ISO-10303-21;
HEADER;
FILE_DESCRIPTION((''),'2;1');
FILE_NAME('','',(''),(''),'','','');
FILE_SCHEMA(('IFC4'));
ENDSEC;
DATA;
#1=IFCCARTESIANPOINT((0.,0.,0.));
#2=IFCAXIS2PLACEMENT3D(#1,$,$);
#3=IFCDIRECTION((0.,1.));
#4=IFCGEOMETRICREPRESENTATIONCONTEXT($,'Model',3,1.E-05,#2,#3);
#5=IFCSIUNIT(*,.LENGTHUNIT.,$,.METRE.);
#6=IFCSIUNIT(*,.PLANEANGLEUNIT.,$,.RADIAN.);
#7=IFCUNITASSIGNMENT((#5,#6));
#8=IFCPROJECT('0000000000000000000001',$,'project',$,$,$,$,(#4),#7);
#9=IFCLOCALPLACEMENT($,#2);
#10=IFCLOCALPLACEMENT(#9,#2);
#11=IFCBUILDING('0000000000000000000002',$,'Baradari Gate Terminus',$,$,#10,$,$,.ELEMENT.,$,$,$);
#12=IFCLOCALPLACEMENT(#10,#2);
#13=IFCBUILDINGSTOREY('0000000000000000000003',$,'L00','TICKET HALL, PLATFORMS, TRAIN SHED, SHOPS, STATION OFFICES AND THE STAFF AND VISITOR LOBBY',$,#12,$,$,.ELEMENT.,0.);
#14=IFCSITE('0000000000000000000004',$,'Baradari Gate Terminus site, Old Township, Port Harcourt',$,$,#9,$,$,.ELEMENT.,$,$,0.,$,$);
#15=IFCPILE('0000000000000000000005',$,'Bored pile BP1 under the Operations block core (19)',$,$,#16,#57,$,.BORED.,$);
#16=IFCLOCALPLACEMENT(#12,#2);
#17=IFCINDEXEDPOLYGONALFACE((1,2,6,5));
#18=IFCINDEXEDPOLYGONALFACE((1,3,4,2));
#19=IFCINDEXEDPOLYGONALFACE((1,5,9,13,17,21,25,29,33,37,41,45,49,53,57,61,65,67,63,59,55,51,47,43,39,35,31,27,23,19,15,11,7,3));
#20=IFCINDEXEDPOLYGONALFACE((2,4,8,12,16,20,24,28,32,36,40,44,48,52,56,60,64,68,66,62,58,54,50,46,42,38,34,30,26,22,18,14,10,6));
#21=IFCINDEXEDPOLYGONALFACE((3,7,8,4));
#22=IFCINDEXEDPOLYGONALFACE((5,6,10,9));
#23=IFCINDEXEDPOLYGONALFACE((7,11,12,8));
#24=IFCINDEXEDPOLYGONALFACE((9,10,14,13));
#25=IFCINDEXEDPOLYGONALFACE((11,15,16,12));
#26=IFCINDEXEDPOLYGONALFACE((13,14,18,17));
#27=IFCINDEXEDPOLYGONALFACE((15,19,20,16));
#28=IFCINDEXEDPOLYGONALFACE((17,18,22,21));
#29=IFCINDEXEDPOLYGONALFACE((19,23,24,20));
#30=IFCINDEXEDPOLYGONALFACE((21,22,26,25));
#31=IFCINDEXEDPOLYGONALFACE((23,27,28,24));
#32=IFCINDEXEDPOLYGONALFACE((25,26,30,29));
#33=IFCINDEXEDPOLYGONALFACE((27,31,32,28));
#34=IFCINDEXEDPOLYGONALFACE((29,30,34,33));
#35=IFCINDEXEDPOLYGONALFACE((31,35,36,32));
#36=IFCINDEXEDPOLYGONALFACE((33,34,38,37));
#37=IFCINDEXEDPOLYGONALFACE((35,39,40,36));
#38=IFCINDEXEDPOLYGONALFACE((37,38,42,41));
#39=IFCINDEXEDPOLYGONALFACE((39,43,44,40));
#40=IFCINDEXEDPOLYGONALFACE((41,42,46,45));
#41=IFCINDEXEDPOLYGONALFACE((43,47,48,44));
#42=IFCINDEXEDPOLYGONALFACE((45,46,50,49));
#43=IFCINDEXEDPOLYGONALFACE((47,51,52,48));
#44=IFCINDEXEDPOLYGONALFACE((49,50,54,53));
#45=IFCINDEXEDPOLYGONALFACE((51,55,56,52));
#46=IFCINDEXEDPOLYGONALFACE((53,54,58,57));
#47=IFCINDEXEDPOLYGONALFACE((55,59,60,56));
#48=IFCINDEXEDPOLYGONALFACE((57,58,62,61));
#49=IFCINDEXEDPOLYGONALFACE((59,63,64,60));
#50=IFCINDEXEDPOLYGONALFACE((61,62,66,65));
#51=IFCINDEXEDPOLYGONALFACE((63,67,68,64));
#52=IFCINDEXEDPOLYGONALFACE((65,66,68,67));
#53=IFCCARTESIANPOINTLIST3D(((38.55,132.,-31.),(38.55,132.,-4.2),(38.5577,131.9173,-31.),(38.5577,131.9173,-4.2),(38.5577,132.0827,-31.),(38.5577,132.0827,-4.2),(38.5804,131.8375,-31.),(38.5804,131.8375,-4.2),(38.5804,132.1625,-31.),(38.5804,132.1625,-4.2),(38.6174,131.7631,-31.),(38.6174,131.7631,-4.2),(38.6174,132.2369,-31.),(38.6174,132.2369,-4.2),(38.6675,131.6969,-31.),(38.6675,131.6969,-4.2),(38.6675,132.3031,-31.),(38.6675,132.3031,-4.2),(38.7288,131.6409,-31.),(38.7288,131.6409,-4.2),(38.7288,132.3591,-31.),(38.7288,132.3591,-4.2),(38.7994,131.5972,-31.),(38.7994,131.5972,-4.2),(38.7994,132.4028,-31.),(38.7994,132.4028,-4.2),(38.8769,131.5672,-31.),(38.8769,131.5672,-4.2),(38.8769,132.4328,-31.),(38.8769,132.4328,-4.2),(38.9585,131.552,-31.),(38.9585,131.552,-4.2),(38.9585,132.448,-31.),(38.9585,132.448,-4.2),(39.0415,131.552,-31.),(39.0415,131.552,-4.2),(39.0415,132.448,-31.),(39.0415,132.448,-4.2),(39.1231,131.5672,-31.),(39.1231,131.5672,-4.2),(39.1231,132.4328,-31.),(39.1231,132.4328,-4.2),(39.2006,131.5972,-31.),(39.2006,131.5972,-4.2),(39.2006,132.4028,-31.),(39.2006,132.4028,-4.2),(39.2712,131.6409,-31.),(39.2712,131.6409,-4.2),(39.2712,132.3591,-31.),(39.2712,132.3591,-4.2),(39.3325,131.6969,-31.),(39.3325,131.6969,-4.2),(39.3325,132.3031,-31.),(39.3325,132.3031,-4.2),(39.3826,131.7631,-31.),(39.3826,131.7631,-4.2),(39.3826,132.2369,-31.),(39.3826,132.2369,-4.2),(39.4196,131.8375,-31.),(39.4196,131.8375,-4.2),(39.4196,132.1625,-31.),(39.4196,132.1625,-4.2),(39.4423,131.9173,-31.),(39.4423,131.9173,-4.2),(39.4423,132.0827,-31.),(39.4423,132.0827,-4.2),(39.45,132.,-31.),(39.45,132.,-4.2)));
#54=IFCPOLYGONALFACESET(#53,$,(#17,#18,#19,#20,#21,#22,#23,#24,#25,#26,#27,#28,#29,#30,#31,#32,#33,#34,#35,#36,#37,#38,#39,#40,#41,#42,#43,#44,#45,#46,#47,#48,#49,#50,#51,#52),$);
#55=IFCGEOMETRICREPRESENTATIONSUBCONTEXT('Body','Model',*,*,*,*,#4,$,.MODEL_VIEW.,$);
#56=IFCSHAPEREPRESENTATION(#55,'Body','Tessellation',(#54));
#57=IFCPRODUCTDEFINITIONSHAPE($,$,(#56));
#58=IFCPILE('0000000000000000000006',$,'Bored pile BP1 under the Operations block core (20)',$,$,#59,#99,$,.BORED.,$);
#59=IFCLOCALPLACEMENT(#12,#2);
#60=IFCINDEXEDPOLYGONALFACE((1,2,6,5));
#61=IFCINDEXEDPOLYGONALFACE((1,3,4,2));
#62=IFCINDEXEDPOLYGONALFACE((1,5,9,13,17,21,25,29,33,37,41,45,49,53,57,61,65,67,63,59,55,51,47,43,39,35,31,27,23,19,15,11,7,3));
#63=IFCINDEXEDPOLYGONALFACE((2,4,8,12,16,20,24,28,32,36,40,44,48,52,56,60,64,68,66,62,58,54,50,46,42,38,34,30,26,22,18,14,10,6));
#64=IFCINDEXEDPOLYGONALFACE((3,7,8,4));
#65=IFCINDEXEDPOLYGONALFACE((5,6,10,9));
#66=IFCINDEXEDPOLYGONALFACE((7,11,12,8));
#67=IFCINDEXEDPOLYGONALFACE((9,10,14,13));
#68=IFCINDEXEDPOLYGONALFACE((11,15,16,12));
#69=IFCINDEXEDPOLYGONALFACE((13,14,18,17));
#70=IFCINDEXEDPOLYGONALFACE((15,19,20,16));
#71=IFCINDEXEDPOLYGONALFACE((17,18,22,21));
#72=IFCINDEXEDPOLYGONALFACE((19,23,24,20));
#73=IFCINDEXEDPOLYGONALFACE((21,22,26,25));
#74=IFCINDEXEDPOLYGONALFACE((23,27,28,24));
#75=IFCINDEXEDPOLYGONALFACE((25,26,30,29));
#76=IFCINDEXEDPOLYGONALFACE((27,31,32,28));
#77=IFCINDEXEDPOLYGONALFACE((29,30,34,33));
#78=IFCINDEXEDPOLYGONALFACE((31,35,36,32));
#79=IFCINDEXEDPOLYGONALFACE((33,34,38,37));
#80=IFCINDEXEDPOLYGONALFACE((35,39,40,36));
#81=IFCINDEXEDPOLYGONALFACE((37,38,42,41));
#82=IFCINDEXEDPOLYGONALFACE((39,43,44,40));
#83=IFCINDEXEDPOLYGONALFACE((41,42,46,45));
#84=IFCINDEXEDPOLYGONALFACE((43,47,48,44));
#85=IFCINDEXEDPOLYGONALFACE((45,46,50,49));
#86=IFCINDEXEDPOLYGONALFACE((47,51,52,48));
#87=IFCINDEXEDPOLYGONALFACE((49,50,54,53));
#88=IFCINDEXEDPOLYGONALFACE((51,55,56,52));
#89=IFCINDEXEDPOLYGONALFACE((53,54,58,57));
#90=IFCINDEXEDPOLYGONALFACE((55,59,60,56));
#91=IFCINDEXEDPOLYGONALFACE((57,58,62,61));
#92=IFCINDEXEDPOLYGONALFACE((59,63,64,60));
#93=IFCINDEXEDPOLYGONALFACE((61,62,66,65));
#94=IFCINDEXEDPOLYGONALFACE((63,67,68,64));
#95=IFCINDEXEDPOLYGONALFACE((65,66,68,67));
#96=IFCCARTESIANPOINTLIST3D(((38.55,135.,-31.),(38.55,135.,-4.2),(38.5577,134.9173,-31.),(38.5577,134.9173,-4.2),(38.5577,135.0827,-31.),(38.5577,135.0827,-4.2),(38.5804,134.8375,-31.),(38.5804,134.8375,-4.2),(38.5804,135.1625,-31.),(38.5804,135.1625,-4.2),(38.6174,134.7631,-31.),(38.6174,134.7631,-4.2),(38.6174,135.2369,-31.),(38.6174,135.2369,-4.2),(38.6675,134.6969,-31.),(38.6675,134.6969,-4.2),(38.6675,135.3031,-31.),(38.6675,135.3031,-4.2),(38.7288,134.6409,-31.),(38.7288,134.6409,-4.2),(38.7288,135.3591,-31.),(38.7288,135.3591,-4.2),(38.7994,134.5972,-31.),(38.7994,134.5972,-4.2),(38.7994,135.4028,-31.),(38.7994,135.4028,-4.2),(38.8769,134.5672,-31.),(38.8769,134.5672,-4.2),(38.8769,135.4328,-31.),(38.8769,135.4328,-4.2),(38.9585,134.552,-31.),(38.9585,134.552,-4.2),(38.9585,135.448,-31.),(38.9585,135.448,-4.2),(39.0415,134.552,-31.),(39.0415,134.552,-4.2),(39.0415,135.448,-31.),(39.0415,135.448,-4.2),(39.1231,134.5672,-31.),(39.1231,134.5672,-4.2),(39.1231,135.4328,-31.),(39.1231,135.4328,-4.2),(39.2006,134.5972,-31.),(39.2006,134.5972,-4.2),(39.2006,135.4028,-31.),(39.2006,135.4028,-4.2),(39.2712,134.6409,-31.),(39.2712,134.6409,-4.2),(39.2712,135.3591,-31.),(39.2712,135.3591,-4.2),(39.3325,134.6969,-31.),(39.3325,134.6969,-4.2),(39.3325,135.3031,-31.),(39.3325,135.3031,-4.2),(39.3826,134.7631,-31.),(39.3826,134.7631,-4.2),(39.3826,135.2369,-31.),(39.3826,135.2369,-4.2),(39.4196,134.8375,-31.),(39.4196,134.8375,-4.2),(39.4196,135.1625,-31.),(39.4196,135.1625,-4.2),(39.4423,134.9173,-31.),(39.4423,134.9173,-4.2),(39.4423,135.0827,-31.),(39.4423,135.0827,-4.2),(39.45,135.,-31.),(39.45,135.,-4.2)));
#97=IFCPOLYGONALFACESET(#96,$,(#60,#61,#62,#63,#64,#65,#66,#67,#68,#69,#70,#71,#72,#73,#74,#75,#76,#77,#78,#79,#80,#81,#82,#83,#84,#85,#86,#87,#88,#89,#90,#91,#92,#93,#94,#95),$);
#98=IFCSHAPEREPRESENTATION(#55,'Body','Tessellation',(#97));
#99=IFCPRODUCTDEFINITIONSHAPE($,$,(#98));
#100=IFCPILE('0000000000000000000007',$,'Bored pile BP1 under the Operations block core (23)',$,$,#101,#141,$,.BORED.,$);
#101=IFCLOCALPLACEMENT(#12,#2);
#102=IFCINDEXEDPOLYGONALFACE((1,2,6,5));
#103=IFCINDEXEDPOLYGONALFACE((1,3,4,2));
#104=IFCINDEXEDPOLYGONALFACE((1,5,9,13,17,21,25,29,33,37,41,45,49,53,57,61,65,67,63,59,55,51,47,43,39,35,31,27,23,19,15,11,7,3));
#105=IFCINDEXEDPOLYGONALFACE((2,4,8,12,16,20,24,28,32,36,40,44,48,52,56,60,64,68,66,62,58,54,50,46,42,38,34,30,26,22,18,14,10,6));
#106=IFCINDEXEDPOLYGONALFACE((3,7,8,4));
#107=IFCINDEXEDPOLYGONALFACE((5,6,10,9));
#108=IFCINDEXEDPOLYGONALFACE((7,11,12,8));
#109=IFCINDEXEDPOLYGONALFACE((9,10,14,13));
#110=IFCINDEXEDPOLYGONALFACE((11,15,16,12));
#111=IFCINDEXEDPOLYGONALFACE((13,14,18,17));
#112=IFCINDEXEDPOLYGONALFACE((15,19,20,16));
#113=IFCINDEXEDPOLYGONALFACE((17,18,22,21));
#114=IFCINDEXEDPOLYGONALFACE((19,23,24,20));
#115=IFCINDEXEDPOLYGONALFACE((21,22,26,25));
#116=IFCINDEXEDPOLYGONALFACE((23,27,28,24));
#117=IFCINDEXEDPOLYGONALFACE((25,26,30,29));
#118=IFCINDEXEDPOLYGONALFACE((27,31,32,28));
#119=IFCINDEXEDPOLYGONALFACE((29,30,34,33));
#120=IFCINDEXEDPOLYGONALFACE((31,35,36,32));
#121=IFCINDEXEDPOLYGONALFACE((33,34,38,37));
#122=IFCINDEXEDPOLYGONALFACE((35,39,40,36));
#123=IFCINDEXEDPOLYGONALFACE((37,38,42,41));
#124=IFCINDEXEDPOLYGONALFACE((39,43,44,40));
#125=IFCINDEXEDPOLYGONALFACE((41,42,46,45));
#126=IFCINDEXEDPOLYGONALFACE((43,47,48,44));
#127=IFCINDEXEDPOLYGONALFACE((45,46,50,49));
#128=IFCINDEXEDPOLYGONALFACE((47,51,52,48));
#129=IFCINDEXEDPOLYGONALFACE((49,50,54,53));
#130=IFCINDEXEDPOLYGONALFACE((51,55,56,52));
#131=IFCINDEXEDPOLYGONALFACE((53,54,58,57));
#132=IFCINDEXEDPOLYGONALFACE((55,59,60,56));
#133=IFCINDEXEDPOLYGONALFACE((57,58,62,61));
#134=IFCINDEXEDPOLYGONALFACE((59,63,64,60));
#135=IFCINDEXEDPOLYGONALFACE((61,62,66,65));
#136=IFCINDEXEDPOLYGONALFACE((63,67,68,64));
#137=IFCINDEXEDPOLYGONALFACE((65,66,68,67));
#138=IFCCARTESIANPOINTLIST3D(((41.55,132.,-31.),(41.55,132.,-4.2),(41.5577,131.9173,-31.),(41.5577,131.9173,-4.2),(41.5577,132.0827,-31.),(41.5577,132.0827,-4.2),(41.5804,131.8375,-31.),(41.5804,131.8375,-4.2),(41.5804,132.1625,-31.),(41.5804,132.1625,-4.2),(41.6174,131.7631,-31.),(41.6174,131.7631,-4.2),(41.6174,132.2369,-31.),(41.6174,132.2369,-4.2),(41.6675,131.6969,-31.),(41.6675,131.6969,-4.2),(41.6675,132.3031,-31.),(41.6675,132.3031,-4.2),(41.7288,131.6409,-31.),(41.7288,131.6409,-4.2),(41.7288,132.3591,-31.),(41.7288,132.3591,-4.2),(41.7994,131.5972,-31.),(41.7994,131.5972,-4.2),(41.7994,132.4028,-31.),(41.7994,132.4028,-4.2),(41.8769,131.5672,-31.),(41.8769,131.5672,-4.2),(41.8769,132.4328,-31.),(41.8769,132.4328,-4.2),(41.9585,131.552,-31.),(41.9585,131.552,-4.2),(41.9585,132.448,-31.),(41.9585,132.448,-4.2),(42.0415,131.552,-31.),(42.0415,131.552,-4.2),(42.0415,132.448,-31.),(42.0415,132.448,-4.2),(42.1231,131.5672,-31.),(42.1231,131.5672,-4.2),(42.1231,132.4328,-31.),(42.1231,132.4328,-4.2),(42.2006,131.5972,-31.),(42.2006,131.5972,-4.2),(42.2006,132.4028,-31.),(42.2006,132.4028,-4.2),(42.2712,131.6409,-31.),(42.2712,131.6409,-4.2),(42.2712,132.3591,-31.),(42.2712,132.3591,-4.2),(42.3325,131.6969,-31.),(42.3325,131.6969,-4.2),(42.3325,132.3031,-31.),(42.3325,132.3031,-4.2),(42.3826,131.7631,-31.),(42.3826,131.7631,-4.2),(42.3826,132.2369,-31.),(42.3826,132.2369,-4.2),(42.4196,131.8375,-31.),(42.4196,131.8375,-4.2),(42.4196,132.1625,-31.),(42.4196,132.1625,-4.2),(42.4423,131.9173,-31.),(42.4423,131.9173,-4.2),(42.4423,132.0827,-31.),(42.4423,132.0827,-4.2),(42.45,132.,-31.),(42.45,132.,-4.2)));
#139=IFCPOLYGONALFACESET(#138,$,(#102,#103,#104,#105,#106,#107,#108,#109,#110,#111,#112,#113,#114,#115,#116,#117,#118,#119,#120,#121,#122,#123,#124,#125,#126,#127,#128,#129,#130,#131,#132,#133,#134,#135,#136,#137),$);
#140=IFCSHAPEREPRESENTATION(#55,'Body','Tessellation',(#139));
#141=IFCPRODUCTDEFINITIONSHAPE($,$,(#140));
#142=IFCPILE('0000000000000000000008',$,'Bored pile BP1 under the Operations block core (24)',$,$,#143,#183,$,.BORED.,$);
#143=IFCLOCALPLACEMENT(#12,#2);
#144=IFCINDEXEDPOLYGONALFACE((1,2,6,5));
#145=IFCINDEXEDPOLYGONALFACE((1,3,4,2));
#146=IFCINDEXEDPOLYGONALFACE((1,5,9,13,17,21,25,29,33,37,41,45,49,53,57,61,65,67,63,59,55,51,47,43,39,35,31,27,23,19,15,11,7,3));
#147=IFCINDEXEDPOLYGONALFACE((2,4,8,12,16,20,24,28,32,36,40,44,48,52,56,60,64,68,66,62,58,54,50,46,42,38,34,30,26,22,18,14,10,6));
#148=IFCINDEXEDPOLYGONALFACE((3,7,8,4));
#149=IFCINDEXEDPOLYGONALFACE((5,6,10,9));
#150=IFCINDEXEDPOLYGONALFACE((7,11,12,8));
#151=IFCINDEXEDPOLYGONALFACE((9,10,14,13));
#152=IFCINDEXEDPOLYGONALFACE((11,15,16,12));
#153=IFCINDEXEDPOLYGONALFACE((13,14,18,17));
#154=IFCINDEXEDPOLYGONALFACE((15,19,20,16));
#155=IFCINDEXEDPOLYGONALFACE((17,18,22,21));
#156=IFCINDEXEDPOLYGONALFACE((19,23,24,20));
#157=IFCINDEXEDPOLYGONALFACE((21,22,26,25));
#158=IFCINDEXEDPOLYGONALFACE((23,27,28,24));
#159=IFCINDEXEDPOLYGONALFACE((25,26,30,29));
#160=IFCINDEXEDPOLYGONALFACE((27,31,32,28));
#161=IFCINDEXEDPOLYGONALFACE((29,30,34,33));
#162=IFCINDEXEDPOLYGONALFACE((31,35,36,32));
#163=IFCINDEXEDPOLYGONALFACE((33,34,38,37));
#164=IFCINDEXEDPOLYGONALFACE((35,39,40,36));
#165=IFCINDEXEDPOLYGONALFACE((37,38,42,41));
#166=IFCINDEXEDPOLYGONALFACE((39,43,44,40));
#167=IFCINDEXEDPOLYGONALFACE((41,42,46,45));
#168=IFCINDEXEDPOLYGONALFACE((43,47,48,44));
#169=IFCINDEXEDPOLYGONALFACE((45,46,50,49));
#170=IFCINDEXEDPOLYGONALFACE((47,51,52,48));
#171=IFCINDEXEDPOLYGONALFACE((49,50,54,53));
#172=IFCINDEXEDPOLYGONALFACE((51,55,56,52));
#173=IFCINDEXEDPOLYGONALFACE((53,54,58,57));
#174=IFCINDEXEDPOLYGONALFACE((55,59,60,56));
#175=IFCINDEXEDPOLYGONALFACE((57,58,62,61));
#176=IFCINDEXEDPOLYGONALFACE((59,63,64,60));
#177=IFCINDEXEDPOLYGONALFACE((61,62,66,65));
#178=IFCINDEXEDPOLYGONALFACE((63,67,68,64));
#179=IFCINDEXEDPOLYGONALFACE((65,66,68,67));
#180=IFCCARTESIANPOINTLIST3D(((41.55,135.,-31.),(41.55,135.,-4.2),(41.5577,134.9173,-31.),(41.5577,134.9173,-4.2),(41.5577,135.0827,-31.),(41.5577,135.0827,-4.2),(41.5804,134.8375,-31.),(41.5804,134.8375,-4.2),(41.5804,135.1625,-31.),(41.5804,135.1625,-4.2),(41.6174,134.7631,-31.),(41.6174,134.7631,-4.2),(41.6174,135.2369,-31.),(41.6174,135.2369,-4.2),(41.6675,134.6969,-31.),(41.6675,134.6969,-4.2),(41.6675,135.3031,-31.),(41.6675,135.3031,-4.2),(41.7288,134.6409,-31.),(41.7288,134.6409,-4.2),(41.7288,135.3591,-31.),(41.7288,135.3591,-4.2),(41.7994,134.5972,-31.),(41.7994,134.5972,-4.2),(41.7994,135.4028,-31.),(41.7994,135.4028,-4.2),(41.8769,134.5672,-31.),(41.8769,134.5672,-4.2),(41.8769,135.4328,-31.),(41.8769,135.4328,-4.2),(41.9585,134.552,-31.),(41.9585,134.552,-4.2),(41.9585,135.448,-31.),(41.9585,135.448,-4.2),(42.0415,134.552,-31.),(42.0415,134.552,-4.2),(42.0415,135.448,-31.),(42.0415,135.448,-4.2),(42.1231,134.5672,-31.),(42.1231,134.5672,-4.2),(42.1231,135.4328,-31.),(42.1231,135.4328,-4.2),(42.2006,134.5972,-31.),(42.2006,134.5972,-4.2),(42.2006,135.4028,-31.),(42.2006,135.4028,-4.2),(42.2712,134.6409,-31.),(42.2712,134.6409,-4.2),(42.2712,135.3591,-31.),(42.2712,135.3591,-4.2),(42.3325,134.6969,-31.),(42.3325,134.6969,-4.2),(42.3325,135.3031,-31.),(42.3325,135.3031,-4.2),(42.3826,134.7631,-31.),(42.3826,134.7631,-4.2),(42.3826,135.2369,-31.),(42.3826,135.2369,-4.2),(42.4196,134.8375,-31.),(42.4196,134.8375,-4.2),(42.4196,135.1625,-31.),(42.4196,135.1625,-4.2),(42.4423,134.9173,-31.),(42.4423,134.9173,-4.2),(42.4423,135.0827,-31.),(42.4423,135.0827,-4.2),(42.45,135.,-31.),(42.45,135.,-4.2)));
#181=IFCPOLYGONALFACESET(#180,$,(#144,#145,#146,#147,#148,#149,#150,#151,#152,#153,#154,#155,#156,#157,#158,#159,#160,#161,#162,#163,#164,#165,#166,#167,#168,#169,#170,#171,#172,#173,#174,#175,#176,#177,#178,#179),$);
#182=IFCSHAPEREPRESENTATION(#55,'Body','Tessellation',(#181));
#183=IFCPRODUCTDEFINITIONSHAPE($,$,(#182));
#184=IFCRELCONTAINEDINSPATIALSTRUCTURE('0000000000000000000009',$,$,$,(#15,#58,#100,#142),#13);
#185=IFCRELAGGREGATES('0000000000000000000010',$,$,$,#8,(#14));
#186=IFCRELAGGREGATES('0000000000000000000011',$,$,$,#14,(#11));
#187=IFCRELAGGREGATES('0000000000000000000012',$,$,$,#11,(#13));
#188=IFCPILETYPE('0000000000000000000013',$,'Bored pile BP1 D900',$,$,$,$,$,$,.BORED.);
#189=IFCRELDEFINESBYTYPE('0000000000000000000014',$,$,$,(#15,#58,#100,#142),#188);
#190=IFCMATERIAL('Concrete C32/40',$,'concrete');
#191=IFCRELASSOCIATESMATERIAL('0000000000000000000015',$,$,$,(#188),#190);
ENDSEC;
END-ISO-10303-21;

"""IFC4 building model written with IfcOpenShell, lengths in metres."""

from ifc_helpers import new_model, si_unit, direction, frame, origin, origin_2d, place, context, subcontext, project, spatial, circle, extrude, material, type_object, element, save


model = new_model("IFC4")

# Units and contexts
model_context = context("Model", 3, precision=1e-05, world=origin(), true_north=direction((0.0, 1.0)))
body_context = subcontext(model_context, "Body", "Model", "MODEL_VIEW")
ifc_project = project(units=[si_unit("LENGTHUNIT", "METRE"), si_unit("PLANEANGLEUNIT", "RADIAN")], contexts=[model_context])

# Site, building, storey
site_placement = place(None, origin())
site = spatial("IfcSite", under=ifc_project, at=site_placement, Name="Baradari Gate Terminus site, Old Township, Port Harcourt", CompositionType="ELEMENT", RefElevation=0.0)
building_placement = place(site_placement, origin())
building = spatial("IfcBuilding", under=site, at=building_placement, Name="Baradari Gate Terminus", CompositionType="ELEMENT")
storey_placement = place(building_placement, origin())
storey = spatial("IfcBuildingStorey", under=building, at=storey_placement, Name="L00", Description="TICKET HALL, PLATFORMS, TRAIN SHED, SHOPS, STATION OFFICES AND THE STAFF AND VISITOR LOBBY", CompositionType="ELEMENT", Elevation=0.0)

# Piles
ifc_material_1 = material(Name="Concrete C32/40", Category="concrete")
pile_type = type_object("IfcPileType", Name="Bored pile BP1 D900", PredefinedType="BORED", material=ifc_material_1)
for number, where, z_axis, x_axis, name in (
    (1, (39.0, 132.0, -4.2), (0.0, 0.0, -1.0), (1.0, 0.0, 0.0), "Bored pile BP1 under the Operations block core (19)"),
    (2, (39.0, 135.0, -4.2), (0.0, 0.0, -1.0), (1.0, 0.0, 0.0), "Bored pile BP1 under the Operations block core (20)"),
    (3, (42.0, 132.0, -4.2), (0.0, 0.0, -1.0), (1.0, 0.0, 0.0), "Bored pile BP1 under the Operations block core (23)"),
    (4, (42.0, 135.0, -4.2), (0.0, 0.0, -1.0), (1.0, 0.0, 0.0), "Bored pile BP1 under the Operations block core (24)"),
):
    element("IfcPile", number, at=place(storey_placement, frame(where, z_axis=z_axis, x_axis=x_axis)), inside=storey, type_object=pile_type, Name=name, PredefinedType="BORED", context=body_context, shape_type="SweptSolid", body=[
        extrude(circle(Radius=0.45, at=origin_2d()), origin(), (0.0, 0.0, 1.0), 26.8),
    ])

save(model, "model.ifc")
